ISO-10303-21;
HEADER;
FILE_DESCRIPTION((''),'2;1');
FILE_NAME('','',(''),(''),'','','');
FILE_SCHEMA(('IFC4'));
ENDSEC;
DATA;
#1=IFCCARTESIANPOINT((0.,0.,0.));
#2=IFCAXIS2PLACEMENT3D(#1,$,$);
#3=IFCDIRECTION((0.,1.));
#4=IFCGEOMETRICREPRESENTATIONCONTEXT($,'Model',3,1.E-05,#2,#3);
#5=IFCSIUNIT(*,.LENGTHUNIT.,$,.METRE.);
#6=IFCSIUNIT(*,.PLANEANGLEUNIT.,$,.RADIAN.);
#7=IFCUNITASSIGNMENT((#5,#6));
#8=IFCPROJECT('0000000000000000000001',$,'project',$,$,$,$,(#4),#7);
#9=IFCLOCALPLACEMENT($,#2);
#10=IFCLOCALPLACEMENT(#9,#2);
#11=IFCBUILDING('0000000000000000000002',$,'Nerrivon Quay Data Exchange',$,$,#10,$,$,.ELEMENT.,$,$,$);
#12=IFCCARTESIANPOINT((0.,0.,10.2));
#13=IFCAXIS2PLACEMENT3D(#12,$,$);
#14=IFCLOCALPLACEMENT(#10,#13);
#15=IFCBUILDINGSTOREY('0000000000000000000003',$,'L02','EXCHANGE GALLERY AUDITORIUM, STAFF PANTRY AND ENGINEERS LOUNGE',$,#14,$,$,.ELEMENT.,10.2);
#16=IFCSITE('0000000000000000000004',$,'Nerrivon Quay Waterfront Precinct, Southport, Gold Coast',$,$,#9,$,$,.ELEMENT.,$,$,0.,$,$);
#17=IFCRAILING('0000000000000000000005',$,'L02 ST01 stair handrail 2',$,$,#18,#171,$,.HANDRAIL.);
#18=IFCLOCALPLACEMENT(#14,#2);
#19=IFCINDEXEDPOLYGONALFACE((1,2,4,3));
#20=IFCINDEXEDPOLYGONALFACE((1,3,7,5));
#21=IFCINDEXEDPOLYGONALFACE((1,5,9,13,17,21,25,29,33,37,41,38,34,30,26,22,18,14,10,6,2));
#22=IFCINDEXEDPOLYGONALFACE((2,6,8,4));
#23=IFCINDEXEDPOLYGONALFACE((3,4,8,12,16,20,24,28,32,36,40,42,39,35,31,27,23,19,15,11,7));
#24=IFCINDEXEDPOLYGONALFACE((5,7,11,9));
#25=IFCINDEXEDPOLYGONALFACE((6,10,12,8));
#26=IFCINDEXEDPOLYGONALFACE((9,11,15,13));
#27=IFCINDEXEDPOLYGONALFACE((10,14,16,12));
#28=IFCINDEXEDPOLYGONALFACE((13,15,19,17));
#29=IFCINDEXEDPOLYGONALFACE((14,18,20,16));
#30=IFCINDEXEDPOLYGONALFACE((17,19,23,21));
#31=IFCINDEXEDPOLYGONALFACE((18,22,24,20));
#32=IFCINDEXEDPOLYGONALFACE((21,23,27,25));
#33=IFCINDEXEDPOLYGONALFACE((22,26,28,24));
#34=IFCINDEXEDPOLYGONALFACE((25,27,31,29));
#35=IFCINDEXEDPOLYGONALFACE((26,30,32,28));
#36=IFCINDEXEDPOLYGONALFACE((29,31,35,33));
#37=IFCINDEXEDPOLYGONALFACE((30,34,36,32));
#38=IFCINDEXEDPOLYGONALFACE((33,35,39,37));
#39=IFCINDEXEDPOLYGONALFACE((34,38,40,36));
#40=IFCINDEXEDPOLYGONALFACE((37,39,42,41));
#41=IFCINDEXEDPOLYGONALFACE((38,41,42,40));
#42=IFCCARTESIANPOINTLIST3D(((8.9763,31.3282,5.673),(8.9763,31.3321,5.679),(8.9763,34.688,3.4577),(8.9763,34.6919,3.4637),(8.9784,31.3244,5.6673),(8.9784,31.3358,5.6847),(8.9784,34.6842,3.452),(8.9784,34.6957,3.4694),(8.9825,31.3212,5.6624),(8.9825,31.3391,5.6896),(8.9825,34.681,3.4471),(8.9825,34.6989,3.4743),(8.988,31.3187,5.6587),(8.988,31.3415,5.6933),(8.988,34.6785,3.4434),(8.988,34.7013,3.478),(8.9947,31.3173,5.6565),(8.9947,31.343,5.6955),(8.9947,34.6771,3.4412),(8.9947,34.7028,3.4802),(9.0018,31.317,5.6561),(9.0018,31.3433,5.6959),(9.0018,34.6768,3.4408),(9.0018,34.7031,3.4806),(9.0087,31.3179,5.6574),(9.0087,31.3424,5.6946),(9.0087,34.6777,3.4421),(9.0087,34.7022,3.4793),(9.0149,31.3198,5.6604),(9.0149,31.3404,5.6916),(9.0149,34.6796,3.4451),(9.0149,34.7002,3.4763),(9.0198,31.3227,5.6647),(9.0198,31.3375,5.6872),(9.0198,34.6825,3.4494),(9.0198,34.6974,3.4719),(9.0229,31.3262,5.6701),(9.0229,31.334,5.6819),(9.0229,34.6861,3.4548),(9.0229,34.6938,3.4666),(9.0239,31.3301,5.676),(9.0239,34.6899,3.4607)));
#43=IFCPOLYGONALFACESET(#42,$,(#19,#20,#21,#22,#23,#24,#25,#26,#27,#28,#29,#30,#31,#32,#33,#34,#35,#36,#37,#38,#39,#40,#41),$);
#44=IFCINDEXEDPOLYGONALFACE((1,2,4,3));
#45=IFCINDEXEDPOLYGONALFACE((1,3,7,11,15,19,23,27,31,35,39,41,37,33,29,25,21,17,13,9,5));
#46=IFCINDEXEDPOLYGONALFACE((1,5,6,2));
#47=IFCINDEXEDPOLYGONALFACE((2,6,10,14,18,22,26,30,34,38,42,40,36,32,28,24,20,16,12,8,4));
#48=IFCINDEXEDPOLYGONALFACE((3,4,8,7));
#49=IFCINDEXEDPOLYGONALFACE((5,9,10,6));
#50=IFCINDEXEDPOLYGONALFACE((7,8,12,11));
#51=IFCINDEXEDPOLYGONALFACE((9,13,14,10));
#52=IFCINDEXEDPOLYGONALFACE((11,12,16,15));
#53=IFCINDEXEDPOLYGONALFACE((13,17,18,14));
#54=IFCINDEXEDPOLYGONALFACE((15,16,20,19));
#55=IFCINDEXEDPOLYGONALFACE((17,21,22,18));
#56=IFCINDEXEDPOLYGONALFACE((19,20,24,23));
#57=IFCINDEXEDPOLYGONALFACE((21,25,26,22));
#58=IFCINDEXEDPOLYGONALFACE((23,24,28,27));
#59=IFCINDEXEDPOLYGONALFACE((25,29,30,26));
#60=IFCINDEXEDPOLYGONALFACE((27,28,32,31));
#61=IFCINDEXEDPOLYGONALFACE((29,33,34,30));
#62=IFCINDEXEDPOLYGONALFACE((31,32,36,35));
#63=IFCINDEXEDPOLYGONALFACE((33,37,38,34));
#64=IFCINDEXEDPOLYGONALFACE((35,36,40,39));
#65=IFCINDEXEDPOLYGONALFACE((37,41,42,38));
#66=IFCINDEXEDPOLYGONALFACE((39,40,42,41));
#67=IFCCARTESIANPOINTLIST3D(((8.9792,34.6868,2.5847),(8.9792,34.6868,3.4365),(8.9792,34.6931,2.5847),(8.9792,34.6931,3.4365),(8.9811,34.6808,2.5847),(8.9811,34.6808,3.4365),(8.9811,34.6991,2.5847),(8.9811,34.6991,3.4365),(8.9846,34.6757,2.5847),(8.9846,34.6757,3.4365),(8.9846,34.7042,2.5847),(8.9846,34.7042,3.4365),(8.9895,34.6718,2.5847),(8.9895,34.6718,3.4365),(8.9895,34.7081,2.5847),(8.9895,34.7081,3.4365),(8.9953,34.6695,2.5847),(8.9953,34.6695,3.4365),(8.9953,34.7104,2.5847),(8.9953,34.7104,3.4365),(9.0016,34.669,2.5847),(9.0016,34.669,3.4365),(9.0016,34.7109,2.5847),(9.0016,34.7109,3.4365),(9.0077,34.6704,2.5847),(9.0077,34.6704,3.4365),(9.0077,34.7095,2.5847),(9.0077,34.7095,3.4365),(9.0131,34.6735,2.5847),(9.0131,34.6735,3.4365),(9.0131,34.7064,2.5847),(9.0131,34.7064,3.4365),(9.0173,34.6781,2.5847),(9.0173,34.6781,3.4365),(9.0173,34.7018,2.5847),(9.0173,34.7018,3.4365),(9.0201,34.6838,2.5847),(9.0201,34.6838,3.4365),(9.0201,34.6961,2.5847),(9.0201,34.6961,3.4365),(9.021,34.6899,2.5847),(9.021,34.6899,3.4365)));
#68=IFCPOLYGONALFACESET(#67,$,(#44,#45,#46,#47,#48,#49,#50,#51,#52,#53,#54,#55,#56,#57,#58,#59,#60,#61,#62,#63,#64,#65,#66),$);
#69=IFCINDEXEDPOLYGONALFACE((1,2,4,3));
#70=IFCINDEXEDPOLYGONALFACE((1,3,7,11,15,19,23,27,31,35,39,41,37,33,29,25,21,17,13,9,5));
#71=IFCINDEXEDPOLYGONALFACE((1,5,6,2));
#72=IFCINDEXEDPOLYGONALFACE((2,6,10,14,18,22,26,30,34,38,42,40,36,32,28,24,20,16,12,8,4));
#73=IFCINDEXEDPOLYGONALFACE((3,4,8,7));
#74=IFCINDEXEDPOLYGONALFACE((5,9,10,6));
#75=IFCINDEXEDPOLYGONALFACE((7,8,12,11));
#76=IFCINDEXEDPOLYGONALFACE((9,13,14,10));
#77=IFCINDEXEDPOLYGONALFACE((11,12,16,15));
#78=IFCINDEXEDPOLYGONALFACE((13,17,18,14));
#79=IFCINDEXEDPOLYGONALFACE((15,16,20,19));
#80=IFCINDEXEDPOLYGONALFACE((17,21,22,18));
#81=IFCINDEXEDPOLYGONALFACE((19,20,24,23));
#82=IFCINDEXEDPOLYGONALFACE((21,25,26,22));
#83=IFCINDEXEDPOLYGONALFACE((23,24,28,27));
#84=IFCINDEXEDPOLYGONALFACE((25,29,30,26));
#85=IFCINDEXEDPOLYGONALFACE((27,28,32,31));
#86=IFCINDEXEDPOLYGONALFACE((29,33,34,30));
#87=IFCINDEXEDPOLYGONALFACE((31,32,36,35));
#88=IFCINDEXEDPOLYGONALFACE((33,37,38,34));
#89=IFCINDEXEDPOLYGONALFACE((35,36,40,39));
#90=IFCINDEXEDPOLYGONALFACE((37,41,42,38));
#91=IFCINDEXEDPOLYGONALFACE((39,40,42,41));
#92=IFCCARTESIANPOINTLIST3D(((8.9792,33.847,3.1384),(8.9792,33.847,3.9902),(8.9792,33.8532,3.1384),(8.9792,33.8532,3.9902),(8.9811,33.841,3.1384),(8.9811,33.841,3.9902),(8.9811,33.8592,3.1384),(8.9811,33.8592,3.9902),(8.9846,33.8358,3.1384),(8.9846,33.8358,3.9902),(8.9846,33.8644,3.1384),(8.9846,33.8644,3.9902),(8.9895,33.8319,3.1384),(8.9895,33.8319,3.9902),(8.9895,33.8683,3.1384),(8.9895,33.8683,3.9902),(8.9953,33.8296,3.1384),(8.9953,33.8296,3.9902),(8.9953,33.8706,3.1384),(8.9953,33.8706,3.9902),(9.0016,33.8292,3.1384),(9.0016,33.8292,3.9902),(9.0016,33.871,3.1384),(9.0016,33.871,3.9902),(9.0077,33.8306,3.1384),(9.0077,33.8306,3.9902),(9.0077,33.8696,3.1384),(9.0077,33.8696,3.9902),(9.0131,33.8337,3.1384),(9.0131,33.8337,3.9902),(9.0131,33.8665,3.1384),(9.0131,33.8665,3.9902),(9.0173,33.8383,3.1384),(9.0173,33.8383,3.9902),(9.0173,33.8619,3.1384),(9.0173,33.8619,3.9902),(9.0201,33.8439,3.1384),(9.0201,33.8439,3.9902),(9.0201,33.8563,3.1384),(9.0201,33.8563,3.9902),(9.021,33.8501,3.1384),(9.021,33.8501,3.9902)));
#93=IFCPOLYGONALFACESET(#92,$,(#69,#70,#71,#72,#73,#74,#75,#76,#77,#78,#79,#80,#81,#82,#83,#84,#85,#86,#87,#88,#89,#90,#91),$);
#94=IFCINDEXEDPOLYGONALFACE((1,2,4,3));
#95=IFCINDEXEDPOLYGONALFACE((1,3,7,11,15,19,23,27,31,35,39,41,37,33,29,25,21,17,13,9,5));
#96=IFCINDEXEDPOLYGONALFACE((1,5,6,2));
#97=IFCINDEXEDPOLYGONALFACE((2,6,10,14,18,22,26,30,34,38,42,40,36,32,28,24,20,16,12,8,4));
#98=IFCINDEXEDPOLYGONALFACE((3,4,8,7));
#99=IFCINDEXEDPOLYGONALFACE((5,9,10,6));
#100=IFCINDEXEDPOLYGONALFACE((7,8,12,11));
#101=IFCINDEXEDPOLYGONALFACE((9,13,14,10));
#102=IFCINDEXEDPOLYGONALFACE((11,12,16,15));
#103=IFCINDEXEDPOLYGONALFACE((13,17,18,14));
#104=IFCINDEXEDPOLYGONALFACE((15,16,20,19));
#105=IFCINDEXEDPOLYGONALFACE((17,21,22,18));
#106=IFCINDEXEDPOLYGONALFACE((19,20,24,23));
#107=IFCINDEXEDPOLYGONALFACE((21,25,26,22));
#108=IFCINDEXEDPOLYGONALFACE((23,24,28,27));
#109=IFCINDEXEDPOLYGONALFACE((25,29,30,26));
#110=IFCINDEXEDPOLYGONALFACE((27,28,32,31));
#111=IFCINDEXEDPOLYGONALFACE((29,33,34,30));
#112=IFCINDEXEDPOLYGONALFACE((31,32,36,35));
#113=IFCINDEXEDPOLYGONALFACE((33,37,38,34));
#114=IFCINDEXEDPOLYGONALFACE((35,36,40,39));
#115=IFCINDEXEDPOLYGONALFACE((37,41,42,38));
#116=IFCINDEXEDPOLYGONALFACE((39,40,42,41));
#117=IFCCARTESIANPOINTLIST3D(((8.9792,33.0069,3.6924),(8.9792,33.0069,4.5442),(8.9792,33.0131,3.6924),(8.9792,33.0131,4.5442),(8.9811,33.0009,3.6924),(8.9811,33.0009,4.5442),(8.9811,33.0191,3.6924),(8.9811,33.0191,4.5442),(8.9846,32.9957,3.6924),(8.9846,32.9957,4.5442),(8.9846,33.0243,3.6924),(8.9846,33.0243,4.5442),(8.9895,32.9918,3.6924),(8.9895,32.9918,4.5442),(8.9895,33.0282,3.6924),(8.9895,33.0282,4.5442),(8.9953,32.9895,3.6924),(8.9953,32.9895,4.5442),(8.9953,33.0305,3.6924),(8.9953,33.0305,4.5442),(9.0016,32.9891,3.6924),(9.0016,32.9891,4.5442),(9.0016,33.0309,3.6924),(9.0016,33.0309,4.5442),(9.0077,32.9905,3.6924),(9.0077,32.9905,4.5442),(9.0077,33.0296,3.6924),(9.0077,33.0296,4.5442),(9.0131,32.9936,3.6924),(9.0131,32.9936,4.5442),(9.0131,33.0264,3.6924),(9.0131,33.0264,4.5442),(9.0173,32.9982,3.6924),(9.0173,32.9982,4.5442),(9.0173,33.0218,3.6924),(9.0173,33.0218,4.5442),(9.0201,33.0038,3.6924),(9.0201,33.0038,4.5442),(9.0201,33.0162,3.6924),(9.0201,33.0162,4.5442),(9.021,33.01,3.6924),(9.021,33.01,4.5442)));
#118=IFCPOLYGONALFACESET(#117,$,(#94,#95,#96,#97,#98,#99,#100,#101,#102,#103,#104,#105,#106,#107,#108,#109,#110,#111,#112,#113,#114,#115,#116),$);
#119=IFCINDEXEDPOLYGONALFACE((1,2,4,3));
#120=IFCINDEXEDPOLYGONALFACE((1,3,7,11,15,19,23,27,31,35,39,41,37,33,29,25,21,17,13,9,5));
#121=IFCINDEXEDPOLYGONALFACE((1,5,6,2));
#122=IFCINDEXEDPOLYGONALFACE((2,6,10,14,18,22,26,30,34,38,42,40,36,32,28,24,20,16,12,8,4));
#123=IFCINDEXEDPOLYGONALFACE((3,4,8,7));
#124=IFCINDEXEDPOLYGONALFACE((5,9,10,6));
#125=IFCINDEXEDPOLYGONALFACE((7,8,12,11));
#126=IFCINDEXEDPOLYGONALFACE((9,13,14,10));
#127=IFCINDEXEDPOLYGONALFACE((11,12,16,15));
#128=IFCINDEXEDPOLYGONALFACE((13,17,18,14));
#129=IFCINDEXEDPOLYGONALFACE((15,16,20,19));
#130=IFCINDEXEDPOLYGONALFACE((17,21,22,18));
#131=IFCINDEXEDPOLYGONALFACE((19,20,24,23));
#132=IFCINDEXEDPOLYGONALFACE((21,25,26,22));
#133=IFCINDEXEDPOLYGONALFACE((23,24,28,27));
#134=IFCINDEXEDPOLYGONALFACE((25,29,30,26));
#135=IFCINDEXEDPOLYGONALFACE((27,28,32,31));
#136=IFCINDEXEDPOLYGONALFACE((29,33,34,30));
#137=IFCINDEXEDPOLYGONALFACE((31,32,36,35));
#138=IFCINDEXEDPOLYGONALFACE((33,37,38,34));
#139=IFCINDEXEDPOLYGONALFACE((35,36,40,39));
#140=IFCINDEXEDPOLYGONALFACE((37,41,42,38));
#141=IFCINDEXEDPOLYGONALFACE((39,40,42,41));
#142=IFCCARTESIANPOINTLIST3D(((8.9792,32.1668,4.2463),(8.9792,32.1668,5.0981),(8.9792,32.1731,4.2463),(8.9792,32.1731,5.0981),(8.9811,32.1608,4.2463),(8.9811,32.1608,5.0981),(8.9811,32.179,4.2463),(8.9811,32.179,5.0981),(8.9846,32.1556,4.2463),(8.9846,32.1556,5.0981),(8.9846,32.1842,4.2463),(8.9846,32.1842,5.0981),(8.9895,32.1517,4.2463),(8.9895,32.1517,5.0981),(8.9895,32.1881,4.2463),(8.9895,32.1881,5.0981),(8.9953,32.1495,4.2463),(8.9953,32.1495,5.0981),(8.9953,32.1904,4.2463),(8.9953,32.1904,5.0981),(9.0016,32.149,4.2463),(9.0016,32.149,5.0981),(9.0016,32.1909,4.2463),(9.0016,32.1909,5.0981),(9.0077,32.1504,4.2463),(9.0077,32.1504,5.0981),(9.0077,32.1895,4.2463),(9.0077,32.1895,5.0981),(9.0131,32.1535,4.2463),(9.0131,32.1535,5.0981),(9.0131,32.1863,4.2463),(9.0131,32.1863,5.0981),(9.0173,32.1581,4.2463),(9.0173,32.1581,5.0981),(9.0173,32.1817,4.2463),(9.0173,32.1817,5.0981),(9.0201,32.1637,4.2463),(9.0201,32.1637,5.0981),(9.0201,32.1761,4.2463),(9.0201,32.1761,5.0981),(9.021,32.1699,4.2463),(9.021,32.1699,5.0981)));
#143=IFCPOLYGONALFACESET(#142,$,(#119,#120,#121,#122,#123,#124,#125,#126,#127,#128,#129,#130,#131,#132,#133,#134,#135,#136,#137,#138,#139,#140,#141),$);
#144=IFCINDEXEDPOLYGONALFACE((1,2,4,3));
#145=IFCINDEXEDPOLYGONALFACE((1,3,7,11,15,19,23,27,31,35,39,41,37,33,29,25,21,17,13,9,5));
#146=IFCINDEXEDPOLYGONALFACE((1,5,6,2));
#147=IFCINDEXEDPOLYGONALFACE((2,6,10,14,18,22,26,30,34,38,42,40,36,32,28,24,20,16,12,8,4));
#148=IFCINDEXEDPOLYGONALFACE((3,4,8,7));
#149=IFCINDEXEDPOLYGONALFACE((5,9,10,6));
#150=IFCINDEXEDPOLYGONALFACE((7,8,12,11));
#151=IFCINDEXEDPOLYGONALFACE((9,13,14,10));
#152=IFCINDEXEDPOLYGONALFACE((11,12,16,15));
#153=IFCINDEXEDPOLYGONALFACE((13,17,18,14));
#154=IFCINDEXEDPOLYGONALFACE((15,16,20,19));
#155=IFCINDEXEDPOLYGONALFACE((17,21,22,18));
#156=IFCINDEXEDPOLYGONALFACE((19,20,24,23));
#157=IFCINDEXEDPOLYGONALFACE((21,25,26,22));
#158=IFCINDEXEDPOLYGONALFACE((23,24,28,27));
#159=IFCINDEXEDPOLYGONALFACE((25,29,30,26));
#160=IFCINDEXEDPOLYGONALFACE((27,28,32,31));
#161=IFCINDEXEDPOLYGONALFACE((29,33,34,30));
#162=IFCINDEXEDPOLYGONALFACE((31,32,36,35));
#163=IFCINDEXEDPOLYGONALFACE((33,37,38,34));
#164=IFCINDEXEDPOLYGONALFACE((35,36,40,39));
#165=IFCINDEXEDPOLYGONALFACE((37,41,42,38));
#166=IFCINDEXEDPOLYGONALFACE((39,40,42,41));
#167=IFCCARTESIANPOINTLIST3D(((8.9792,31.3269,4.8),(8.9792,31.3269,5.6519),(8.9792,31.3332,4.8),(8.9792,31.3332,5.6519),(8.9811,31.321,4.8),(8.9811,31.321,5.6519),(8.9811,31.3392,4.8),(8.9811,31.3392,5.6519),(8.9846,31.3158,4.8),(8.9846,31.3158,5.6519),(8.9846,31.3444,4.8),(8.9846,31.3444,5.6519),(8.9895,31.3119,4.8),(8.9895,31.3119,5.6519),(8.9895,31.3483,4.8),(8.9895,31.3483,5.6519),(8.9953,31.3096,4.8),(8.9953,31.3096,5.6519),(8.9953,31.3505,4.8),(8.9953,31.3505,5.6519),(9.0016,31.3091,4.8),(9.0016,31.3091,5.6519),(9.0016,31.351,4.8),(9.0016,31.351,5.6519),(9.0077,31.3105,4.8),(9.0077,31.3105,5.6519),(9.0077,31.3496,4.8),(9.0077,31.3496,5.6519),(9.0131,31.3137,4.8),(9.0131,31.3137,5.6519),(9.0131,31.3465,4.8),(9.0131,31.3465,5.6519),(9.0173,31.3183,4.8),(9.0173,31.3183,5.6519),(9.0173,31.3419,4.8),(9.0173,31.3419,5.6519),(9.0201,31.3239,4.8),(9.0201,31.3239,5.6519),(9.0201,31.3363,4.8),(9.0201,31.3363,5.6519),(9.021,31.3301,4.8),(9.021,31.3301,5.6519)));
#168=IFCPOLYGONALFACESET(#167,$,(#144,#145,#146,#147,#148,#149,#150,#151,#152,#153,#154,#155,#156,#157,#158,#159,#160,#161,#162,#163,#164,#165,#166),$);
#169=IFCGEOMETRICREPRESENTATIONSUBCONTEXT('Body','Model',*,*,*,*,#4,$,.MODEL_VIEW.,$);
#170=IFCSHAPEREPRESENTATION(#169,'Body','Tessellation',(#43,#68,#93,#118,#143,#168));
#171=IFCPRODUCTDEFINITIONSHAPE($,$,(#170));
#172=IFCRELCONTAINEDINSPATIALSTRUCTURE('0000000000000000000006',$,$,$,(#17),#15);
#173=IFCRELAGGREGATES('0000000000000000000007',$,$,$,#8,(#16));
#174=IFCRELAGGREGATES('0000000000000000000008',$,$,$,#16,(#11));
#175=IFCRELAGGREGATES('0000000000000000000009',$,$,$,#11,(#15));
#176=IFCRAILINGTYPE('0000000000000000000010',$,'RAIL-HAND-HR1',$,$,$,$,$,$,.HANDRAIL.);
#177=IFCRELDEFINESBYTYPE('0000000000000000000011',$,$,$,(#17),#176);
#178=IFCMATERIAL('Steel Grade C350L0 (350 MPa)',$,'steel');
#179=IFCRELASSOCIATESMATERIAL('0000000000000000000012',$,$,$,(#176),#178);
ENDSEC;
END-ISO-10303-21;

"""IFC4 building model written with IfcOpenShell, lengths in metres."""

from ifc_helpers import new_model, si_unit, direction, frame, origin, origin_2d, place, context, subcontext, project, spatial, circle, extrude, material, type_object, element, save


model = new_model("IFC4")

# Units and contexts
model_context = context("Model", 3, precision=1e-05, world=origin(), true_north=direction((0.0, 1.0)))
body_context = subcontext(model_context, "Body", "Model", "MODEL_VIEW")
ifc_project = project(units=[si_unit("LENGTHUNIT", "METRE"), si_unit("PLANEANGLEUNIT", "RADIAN")], contexts=[model_context])

# Site, building, storey
site_placement = place(None, origin())
site = spatial("IfcSite", under=ifc_project, at=site_placement, Name="Nerrivon Quay Waterfront Precinct, Southport, Gold Coast", CompositionType="ELEMENT", RefElevation=0.0)
building_placement = place(site_placement, origin())
building = spatial("IfcBuilding", under=site, at=building_placement, Name="Nerrivon Quay Data Exchange", CompositionType="ELEMENT")
storey_placement = place(building_placement, frame((0.0, 0.0, 10.2)))
storey = spatial("IfcBuildingStorey", under=building, at=storey_placement, Name="L02", Description="EXCHANGE GALLERY AUDITORIUM, STAFF PANTRY AND ENGINEERS LOUNGE", CompositionType="ELEMENT", Elevation=10.2)

# Railing
ifc_material_1 = material(Name="Steel Grade C350L0 (350 MPa)", Category="steel")
railing_type = type_object("IfcRailingType", Name="RAIL-HAND-HR1", PredefinedType="HANDRAIL", material=ifc_material_1)
railing_placement = place(storey_placement, frame((9.0, 34.6899, 2.5847)))
element("IfcRailing", 1, at=railing_placement, inside=storey, type_object=railing_type, Name="L02 ST01 stair handrail 2", PredefinedType="HANDRAIL", context=body_context, shape_type="SweptSolid", body=[
    extrude(circle(Radius=0.0239, at=origin_2d()), frame((0.0, 0.0, 0.876), z_axis=(0.0, -0.834858, 0.550465), x_axis=(1.0, 0.0, 0.0)), (0.0, 0.0, 1.0), 4.0244),
    extrude(circle(Radius=0.021, at=origin_2d()), origin(), (0.0, 0.0, 1.0), 0.8518),
    extrude(circle(Radius=0.021, at=origin_2d()), frame((0.0, -0.8398, 0.5537)), (0.0, 0.0, 1.0), 0.8518),
    extrude(circle(Radius=0.021, at=origin_2d()), frame((0.0, -1.6799, 1.1077)), (0.0, 0.0, 1.0), 0.8518),
    extrude(circle(Radius=0.021, at=origin_2d()), frame((0.0, -2.52, 1.6616)), (0.0, 0.0, 1.0), 0.8518),
    extrude(circle(Radius=0.021, at=origin_2d()), frame((0.0, -3.3599, 2.2153)), (0.0, 0.0, 1.0), 0.8518),
])

save(model, "model.ifc")
